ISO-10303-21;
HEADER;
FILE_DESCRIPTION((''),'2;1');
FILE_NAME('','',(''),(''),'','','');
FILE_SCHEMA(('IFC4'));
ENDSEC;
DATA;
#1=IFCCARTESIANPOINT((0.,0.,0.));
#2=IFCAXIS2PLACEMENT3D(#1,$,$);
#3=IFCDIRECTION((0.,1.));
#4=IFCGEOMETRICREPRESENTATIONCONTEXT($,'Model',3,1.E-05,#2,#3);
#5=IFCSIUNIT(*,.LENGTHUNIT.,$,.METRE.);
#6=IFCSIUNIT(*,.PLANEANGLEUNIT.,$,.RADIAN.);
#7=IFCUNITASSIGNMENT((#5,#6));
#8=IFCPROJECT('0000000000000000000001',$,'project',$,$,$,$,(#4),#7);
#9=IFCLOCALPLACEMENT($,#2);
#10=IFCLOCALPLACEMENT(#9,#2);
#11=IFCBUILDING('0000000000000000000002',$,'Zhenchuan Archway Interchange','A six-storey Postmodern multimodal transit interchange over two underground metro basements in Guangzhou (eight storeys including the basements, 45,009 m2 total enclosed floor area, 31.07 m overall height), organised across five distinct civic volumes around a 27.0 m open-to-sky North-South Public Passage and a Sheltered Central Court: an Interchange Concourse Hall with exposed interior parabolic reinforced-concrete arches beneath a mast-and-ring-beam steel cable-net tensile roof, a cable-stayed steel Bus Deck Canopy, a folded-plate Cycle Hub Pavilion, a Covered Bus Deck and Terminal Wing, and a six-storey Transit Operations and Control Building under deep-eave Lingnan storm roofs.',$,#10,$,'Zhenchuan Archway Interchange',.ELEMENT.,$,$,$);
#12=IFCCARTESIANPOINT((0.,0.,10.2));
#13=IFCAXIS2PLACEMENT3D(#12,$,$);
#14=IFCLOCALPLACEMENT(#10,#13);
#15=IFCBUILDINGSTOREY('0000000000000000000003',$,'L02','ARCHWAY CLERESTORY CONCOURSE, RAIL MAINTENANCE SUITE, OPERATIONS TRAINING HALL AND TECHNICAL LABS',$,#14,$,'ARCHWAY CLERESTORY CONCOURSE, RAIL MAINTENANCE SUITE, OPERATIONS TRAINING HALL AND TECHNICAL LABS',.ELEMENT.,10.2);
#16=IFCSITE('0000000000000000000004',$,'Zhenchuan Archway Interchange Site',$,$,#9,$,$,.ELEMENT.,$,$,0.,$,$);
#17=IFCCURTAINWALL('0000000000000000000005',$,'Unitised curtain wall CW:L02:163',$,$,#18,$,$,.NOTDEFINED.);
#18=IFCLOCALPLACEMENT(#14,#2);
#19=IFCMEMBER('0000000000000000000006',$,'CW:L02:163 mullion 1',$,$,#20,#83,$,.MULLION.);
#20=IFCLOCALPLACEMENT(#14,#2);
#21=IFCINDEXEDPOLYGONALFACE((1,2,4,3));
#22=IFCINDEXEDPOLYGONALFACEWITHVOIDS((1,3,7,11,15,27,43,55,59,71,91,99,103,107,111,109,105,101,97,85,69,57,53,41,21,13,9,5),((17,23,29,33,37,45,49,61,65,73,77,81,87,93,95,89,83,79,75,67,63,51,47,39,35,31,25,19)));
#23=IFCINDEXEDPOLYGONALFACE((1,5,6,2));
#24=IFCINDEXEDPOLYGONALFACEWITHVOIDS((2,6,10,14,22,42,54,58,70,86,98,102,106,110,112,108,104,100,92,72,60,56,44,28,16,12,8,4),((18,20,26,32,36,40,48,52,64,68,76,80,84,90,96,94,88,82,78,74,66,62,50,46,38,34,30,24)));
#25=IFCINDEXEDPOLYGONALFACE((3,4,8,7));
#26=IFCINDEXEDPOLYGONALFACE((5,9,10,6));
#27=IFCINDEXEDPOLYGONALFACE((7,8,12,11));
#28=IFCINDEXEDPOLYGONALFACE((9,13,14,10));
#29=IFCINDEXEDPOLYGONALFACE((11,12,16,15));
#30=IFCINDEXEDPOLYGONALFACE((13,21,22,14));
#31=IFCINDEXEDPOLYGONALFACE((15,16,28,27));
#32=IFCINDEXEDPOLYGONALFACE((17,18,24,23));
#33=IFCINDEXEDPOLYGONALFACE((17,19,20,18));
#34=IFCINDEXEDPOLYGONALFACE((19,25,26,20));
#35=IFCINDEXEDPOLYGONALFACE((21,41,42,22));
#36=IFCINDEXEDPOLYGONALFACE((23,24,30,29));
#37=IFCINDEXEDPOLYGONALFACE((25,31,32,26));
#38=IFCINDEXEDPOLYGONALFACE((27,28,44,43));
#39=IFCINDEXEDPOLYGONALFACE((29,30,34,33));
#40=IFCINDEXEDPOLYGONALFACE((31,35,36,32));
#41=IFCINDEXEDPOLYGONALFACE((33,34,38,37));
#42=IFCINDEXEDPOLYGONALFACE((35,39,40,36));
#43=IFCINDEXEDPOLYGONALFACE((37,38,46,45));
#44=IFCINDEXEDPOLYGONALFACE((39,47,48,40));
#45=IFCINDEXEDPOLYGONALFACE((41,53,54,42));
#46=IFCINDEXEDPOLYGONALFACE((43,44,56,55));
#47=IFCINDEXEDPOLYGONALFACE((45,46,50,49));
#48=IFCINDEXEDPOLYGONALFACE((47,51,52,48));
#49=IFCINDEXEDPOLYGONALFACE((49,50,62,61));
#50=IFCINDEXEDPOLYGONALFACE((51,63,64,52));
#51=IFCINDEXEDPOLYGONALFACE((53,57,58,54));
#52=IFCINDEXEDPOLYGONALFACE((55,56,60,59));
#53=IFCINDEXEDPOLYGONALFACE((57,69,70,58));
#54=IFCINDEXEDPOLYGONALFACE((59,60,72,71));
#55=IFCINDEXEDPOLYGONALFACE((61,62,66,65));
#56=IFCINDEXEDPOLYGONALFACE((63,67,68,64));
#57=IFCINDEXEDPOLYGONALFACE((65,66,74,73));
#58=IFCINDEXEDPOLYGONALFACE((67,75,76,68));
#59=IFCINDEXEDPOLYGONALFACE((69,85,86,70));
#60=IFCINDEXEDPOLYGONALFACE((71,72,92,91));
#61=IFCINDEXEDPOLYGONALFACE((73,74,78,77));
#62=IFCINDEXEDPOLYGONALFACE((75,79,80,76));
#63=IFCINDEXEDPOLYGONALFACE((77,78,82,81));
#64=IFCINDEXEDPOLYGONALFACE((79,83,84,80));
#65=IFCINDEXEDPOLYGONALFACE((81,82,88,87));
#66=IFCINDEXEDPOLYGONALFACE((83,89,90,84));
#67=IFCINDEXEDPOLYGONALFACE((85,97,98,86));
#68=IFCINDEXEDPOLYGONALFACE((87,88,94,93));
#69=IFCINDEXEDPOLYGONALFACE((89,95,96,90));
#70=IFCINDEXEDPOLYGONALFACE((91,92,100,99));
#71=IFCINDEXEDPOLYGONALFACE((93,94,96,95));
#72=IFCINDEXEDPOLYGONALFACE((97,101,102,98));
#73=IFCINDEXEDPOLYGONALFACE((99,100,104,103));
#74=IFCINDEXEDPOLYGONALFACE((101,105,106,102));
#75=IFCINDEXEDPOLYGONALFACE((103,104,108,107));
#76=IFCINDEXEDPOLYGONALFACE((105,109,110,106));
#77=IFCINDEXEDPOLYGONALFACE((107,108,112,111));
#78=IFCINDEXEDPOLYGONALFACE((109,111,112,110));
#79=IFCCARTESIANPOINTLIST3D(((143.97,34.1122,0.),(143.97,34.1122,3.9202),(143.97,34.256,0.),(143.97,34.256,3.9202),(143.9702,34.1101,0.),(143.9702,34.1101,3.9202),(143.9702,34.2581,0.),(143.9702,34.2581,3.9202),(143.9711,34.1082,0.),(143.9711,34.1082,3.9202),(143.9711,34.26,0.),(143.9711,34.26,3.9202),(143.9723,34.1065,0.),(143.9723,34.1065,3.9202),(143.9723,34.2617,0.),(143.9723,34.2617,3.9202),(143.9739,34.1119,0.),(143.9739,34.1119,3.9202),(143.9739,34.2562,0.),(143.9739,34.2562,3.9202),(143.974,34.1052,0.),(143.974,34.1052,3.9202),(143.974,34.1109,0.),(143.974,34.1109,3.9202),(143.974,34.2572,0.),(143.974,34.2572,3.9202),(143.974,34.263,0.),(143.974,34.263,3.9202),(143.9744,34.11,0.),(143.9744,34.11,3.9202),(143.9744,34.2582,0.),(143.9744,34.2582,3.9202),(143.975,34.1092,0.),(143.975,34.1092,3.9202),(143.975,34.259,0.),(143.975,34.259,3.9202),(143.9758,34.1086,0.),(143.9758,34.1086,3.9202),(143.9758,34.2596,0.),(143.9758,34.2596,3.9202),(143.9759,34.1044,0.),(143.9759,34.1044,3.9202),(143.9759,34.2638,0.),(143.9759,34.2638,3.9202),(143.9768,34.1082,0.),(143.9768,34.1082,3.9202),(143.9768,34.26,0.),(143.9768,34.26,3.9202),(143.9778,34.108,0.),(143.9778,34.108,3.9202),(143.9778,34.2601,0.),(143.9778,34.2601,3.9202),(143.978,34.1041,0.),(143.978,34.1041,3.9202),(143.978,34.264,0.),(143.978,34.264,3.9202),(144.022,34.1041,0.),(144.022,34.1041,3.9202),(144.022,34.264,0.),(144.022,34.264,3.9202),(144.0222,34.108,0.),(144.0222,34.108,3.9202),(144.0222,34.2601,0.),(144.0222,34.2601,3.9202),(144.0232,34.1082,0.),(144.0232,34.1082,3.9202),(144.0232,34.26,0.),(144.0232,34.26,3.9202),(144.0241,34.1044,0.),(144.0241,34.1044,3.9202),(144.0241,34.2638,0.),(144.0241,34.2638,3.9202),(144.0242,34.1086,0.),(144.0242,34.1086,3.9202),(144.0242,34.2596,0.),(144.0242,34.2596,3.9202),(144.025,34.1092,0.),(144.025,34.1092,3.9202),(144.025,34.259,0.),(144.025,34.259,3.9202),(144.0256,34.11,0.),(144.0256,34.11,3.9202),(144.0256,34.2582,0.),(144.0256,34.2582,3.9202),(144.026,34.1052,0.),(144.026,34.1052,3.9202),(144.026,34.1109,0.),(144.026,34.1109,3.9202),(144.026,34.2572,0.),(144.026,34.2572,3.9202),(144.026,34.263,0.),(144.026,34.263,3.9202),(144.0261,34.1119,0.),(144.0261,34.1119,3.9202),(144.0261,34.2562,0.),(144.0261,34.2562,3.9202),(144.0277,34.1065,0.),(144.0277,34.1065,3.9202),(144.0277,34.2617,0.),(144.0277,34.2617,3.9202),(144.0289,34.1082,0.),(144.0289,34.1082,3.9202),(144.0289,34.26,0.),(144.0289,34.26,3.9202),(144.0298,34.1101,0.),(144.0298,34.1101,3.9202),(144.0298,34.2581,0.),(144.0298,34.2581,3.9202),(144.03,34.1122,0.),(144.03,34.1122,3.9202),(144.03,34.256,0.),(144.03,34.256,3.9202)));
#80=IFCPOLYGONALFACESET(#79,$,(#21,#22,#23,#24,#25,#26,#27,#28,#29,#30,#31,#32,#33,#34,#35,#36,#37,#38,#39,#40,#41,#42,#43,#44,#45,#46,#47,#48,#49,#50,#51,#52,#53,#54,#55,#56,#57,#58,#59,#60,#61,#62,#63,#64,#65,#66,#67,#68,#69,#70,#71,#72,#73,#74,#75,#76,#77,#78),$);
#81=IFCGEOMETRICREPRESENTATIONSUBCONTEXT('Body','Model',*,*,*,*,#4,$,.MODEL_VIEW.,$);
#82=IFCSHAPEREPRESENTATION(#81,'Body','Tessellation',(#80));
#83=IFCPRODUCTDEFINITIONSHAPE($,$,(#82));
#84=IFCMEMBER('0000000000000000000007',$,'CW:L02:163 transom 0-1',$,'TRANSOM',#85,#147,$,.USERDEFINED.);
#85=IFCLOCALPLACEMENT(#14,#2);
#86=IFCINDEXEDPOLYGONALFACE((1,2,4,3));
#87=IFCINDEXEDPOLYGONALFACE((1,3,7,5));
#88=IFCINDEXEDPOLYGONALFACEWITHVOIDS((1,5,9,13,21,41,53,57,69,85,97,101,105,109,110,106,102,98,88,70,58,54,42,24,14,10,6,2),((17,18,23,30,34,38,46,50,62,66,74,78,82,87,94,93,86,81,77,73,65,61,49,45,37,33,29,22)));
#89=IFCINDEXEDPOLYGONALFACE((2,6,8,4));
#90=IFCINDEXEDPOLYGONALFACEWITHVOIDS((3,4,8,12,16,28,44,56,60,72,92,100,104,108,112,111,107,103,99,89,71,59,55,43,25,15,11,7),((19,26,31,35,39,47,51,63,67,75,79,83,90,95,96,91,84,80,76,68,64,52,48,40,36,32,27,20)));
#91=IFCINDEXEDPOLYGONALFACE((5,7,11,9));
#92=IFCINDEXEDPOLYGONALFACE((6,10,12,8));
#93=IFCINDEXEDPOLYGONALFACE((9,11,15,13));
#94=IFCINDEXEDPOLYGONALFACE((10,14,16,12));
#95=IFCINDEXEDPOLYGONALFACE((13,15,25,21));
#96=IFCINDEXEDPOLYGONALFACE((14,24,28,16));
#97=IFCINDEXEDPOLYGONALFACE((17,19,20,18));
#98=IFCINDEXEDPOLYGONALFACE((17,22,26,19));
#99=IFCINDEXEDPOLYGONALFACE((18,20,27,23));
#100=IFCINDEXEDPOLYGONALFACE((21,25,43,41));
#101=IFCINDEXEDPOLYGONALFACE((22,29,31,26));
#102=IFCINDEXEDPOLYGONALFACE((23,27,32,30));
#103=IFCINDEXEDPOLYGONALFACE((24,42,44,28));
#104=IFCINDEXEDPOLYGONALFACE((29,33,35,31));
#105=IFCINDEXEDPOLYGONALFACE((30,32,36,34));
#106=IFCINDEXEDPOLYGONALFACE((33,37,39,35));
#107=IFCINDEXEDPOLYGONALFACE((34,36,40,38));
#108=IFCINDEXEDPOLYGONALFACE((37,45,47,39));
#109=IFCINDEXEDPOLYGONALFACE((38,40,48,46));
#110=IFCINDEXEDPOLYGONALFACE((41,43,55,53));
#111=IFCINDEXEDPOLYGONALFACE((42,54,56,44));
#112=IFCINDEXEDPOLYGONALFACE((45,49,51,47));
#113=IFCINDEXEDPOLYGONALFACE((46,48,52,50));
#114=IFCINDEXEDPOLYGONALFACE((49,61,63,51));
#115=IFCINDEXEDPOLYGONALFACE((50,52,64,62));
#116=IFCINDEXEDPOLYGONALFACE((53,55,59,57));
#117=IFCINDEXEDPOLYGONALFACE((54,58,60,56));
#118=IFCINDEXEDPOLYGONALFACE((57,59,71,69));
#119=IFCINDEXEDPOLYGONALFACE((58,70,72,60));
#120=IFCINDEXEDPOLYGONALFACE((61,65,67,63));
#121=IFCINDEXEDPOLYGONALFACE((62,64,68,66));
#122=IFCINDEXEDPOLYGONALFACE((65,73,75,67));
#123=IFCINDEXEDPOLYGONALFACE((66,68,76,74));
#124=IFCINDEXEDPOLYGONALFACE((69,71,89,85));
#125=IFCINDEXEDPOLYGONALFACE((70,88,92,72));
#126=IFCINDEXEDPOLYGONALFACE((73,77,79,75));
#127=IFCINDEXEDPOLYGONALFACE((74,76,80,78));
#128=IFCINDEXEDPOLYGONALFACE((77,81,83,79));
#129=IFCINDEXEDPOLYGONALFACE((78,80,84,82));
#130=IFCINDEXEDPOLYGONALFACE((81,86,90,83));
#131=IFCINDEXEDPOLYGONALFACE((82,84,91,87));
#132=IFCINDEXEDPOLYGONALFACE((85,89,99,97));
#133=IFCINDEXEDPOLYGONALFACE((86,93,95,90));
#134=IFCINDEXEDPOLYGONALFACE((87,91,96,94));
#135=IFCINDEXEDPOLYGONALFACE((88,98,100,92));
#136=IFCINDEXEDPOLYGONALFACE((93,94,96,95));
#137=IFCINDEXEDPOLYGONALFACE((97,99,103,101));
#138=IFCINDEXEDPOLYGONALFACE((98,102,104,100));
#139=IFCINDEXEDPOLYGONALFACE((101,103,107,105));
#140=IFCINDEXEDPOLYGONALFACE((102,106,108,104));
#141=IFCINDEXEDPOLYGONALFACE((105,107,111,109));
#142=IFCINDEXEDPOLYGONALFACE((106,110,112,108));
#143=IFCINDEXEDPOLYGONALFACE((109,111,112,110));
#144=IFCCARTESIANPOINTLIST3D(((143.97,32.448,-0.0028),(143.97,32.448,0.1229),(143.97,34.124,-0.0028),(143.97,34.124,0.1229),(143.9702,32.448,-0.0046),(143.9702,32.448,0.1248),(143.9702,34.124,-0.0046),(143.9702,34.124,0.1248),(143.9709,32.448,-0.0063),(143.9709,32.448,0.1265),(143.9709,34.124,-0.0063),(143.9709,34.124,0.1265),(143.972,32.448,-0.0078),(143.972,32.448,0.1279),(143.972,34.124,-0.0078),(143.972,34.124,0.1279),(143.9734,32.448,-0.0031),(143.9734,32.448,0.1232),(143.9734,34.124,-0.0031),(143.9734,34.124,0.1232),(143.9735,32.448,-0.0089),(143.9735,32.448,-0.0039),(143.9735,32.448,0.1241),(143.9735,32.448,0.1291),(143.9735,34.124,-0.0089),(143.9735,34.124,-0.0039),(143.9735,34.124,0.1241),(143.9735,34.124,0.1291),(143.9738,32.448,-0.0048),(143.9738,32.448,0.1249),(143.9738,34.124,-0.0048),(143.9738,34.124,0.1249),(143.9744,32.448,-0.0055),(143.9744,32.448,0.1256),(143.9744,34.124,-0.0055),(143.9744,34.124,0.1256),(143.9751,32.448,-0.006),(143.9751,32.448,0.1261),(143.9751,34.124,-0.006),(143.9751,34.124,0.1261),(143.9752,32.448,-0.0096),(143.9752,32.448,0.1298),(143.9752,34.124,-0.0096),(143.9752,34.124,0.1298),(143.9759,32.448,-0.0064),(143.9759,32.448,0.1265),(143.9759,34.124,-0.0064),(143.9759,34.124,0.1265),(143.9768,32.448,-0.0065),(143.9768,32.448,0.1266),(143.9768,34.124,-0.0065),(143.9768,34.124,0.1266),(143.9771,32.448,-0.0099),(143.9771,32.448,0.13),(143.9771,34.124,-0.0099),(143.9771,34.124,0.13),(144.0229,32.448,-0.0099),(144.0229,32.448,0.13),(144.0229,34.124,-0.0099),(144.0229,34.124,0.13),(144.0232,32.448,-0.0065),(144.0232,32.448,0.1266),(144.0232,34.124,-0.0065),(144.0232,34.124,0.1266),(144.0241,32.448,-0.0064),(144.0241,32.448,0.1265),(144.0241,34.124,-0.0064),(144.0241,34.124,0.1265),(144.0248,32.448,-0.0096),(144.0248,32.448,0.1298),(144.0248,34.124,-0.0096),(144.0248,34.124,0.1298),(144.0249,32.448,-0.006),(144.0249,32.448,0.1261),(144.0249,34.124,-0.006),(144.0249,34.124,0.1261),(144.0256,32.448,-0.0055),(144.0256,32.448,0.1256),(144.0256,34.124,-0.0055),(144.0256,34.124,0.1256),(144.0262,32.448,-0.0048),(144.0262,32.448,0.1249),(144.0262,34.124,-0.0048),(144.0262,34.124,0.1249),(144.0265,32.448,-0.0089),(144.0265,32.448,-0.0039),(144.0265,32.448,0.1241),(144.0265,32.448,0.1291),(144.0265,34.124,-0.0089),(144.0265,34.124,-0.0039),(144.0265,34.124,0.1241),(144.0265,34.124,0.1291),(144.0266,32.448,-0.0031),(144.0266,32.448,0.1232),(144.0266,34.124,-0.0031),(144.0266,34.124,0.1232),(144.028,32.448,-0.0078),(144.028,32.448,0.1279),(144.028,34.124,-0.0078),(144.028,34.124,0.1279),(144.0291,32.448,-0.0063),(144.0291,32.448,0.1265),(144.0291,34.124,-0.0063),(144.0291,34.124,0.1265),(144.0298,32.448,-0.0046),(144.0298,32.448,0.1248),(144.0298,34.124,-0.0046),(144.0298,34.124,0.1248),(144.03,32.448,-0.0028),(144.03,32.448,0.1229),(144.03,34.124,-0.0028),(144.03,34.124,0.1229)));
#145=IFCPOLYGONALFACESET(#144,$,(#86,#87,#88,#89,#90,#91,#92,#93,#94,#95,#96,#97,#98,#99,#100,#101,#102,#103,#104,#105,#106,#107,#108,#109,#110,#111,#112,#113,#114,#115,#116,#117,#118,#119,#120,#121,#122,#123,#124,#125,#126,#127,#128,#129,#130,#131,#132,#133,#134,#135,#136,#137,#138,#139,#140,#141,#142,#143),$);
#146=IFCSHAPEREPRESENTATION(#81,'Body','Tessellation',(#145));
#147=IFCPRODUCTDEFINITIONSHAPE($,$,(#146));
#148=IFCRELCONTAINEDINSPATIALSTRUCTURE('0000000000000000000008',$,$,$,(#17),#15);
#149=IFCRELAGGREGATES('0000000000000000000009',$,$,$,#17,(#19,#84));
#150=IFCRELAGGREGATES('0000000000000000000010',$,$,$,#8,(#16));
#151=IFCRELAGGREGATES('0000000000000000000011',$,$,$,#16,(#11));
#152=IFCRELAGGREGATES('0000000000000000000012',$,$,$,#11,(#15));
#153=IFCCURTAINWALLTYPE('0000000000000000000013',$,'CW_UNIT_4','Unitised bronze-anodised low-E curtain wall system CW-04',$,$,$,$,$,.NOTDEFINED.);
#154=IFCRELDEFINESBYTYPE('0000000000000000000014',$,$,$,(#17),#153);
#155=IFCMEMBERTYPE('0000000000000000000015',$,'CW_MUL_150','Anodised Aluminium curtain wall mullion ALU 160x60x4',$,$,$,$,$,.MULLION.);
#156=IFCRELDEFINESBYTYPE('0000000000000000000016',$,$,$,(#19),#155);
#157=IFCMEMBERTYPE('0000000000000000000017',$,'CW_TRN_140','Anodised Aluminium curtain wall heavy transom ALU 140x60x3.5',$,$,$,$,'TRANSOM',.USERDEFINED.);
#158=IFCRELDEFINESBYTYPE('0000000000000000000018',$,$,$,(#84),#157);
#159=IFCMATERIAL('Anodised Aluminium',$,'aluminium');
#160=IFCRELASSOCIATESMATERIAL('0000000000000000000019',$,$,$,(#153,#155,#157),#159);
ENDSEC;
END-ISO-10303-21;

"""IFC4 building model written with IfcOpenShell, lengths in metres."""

from ifc_helpers import new_model, si_unit, direction, frame, origin, origin_2d, place, context, subcontext, project, spatial, hollow_rectangle, extrude, material, material_profile, profile_set, type_object, element, aggregate, save


model = new_model("IFC4")

# Units and contexts
model_context = context("Model", 3, precision=1e-05, world=origin(), true_north=direction((0.0, 1.0)))
body_context = subcontext(model_context, "Body", "Model", "MODEL_VIEW")
ifc_project = project(units=[si_unit("LENGTHUNIT", "METRE"), si_unit("PLANEANGLEUNIT", "RADIAN")], contexts=[model_context])

# Site, building, storey
site_placement = place(None, origin())
site = spatial("IfcSite", under=ifc_project, at=site_placement, Name="Zhenchuan Archway Interchange Site", CompositionType="ELEMENT", RefElevation=0.0)
building_placement = place(site_placement, origin())
building = spatial("IfcBuilding", under=site, at=building_placement, Name="Zhenchuan Archway Interchange", Description="A six-storey Postmodern multimodal transit interchange over two underground metro basements in Guangzhou (eight storeys including the basements, 45,009 m2 total enclosed floor area, 31.07 m overall height), organised across five distinct civic volumes around a 27.0 m open-to-sky North-South Public Passage and a Sheltered Central Court: an Interchange Concourse Hall with exposed interior parabolic reinforced-concrete arches beneath a mast-and-ring-beam steel cable-net tensile roof, a cable-stayed steel Bus Deck Canopy, a folded-plate Cycle Hub Pavilion, a Covered Bus Deck and Terminal Wing, and a six-storey Transit Operations and Control Building under deep-eave Lingnan storm roofs.", LongName="Zhenchuan Archway Interchange", CompositionType="ELEMENT")
storey_placement = place(building_placement, frame((0.0, 0.0, 10.2)))
storey = spatial("IfcBuildingStorey", under=building, at=storey_placement, Name="L02", Description="ARCHWAY CLERESTORY CONCOURSE, RAIL MAINTENANCE SUITE, OPERATIONS TRAINING HALL AND TECHNICAL LABS", LongName="ARCHWAY CLERESTORY CONCOURSE, RAIL MAINTENANCE SUITE, OPERATIONS TRAINING HALL AND TECHNICAL LABS", CompositionType="ELEMENT", Elevation=10.2)

# Curtain wall, members
ifc_material_1 = material(Name="Anodised Aluminium", Category="aluminium")
curtain_wall_type = type_object("IfcCurtainWallType", Name="CW_UNIT_4", Description="Unitised bronze-anodised low-E curtain wall system CW-04", PredefinedType="NOTDEFINED", material=ifc_material_1)
curtain_wall_placement = place(storey_placement, origin())
curtain_wall = element("IfcCurtainWall", 1, at=curtain_wall_placement, inside=storey, type_object=curtain_wall_type, Name="Unitised curtain wall CW:L02:163", PredefinedType="NOTDEFINED")
ifc_material_profile_1 = material_profile(ifc_material_1, hollow_rectangle(XDim=0.0601, YDim=0.1599, WallThickness=0.0039, InnerFilletRadius=0.0039, OuterFilletRadius=0.0081, at=origin_2d()), Name="ALU 160x60x4")
ifc_profile_set_1 = profile_set([ifc_material_profile_1], Name="Anodised Aluminium")
member_type_1 = type_object("IfcMemberType", Name="CW_MUL_150", Description="Anodised Aluminium curtain wall mullion ALU 160x60x4", PredefinedType="MULLION", material=ifc_profile_set_1)
member_1_placement = place(storey_placement, frame((144.0, 34.1841, 0.0), z_axis=(0.0, 0.0, 1.0), x_axis=(1.0, 0.0, 0.0)))
member_1 = element("IfcMember", 2, at=member_1_placement, type_object=member_type_1, Name="CW:L02:163 mullion 1", PredefinedType="MULLION", context=body_context, shape_type="SweptSolid", body=[
    extrude(hollow_rectangle(XDim=0.0601, YDim=0.1599, WallThickness=0.0039, InnerFilletRadius=0.0039, OuterFilletRadius=0.0081, at=origin_2d()), origin(), (0.0, 0.0, 1.0), 3.9202),
])
ifc_material_profile_2 = material_profile(ifc_material_1, hollow_rectangle(XDim=0.0601, YDim=0.1399, WallThickness=0.0034, InnerFilletRadius=0.0034, OuterFilletRadius=0.0071, at=origin_2d()), Name="ALU 140x60x3.5")
ifc_profile_set_2 = profile_set([ifc_material_profile_2], Name="Anodised Aluminium")
member_type_2 = type_object("IfcMemberType", Name="CW_TRN_140", Description="Anodised Aluminium curtain wall heavy transom ALU 140x60x3.5", ElementType="TRANSOM", PredefinedType="USERDEFINED", material=ifc_profile_set_2)
member_2_placement = place(storey_placement, frame((144.0, 32.448, 0.0601), z_axis=(0.0, 1.0, 0.0), x_axis=(-1.0, 0.0, 0.0)))
member_2 = element("IfcMember", 3, at=member_2_placement, type_object=member_type_2, Name="CW:L02:163 transom 0-1", ObjectType="TRANSOM", PredefinedType="USERDEFINED", context=body_context, shape_type="SweptSolid", body=[
    extrude(hollow_rectangle(XDim=0.0601, YDim=0.1399, WallThickness=0.0034, InnerFilletRadius=0.0034, OuterFilletRadius=0.0071, at=origin_2d()), origin(), (0.0, 0.0, 1.0), 1.676),
])

aggregate(curtain_wall, [member_1, member_2])

save(model, "model.ifc")
